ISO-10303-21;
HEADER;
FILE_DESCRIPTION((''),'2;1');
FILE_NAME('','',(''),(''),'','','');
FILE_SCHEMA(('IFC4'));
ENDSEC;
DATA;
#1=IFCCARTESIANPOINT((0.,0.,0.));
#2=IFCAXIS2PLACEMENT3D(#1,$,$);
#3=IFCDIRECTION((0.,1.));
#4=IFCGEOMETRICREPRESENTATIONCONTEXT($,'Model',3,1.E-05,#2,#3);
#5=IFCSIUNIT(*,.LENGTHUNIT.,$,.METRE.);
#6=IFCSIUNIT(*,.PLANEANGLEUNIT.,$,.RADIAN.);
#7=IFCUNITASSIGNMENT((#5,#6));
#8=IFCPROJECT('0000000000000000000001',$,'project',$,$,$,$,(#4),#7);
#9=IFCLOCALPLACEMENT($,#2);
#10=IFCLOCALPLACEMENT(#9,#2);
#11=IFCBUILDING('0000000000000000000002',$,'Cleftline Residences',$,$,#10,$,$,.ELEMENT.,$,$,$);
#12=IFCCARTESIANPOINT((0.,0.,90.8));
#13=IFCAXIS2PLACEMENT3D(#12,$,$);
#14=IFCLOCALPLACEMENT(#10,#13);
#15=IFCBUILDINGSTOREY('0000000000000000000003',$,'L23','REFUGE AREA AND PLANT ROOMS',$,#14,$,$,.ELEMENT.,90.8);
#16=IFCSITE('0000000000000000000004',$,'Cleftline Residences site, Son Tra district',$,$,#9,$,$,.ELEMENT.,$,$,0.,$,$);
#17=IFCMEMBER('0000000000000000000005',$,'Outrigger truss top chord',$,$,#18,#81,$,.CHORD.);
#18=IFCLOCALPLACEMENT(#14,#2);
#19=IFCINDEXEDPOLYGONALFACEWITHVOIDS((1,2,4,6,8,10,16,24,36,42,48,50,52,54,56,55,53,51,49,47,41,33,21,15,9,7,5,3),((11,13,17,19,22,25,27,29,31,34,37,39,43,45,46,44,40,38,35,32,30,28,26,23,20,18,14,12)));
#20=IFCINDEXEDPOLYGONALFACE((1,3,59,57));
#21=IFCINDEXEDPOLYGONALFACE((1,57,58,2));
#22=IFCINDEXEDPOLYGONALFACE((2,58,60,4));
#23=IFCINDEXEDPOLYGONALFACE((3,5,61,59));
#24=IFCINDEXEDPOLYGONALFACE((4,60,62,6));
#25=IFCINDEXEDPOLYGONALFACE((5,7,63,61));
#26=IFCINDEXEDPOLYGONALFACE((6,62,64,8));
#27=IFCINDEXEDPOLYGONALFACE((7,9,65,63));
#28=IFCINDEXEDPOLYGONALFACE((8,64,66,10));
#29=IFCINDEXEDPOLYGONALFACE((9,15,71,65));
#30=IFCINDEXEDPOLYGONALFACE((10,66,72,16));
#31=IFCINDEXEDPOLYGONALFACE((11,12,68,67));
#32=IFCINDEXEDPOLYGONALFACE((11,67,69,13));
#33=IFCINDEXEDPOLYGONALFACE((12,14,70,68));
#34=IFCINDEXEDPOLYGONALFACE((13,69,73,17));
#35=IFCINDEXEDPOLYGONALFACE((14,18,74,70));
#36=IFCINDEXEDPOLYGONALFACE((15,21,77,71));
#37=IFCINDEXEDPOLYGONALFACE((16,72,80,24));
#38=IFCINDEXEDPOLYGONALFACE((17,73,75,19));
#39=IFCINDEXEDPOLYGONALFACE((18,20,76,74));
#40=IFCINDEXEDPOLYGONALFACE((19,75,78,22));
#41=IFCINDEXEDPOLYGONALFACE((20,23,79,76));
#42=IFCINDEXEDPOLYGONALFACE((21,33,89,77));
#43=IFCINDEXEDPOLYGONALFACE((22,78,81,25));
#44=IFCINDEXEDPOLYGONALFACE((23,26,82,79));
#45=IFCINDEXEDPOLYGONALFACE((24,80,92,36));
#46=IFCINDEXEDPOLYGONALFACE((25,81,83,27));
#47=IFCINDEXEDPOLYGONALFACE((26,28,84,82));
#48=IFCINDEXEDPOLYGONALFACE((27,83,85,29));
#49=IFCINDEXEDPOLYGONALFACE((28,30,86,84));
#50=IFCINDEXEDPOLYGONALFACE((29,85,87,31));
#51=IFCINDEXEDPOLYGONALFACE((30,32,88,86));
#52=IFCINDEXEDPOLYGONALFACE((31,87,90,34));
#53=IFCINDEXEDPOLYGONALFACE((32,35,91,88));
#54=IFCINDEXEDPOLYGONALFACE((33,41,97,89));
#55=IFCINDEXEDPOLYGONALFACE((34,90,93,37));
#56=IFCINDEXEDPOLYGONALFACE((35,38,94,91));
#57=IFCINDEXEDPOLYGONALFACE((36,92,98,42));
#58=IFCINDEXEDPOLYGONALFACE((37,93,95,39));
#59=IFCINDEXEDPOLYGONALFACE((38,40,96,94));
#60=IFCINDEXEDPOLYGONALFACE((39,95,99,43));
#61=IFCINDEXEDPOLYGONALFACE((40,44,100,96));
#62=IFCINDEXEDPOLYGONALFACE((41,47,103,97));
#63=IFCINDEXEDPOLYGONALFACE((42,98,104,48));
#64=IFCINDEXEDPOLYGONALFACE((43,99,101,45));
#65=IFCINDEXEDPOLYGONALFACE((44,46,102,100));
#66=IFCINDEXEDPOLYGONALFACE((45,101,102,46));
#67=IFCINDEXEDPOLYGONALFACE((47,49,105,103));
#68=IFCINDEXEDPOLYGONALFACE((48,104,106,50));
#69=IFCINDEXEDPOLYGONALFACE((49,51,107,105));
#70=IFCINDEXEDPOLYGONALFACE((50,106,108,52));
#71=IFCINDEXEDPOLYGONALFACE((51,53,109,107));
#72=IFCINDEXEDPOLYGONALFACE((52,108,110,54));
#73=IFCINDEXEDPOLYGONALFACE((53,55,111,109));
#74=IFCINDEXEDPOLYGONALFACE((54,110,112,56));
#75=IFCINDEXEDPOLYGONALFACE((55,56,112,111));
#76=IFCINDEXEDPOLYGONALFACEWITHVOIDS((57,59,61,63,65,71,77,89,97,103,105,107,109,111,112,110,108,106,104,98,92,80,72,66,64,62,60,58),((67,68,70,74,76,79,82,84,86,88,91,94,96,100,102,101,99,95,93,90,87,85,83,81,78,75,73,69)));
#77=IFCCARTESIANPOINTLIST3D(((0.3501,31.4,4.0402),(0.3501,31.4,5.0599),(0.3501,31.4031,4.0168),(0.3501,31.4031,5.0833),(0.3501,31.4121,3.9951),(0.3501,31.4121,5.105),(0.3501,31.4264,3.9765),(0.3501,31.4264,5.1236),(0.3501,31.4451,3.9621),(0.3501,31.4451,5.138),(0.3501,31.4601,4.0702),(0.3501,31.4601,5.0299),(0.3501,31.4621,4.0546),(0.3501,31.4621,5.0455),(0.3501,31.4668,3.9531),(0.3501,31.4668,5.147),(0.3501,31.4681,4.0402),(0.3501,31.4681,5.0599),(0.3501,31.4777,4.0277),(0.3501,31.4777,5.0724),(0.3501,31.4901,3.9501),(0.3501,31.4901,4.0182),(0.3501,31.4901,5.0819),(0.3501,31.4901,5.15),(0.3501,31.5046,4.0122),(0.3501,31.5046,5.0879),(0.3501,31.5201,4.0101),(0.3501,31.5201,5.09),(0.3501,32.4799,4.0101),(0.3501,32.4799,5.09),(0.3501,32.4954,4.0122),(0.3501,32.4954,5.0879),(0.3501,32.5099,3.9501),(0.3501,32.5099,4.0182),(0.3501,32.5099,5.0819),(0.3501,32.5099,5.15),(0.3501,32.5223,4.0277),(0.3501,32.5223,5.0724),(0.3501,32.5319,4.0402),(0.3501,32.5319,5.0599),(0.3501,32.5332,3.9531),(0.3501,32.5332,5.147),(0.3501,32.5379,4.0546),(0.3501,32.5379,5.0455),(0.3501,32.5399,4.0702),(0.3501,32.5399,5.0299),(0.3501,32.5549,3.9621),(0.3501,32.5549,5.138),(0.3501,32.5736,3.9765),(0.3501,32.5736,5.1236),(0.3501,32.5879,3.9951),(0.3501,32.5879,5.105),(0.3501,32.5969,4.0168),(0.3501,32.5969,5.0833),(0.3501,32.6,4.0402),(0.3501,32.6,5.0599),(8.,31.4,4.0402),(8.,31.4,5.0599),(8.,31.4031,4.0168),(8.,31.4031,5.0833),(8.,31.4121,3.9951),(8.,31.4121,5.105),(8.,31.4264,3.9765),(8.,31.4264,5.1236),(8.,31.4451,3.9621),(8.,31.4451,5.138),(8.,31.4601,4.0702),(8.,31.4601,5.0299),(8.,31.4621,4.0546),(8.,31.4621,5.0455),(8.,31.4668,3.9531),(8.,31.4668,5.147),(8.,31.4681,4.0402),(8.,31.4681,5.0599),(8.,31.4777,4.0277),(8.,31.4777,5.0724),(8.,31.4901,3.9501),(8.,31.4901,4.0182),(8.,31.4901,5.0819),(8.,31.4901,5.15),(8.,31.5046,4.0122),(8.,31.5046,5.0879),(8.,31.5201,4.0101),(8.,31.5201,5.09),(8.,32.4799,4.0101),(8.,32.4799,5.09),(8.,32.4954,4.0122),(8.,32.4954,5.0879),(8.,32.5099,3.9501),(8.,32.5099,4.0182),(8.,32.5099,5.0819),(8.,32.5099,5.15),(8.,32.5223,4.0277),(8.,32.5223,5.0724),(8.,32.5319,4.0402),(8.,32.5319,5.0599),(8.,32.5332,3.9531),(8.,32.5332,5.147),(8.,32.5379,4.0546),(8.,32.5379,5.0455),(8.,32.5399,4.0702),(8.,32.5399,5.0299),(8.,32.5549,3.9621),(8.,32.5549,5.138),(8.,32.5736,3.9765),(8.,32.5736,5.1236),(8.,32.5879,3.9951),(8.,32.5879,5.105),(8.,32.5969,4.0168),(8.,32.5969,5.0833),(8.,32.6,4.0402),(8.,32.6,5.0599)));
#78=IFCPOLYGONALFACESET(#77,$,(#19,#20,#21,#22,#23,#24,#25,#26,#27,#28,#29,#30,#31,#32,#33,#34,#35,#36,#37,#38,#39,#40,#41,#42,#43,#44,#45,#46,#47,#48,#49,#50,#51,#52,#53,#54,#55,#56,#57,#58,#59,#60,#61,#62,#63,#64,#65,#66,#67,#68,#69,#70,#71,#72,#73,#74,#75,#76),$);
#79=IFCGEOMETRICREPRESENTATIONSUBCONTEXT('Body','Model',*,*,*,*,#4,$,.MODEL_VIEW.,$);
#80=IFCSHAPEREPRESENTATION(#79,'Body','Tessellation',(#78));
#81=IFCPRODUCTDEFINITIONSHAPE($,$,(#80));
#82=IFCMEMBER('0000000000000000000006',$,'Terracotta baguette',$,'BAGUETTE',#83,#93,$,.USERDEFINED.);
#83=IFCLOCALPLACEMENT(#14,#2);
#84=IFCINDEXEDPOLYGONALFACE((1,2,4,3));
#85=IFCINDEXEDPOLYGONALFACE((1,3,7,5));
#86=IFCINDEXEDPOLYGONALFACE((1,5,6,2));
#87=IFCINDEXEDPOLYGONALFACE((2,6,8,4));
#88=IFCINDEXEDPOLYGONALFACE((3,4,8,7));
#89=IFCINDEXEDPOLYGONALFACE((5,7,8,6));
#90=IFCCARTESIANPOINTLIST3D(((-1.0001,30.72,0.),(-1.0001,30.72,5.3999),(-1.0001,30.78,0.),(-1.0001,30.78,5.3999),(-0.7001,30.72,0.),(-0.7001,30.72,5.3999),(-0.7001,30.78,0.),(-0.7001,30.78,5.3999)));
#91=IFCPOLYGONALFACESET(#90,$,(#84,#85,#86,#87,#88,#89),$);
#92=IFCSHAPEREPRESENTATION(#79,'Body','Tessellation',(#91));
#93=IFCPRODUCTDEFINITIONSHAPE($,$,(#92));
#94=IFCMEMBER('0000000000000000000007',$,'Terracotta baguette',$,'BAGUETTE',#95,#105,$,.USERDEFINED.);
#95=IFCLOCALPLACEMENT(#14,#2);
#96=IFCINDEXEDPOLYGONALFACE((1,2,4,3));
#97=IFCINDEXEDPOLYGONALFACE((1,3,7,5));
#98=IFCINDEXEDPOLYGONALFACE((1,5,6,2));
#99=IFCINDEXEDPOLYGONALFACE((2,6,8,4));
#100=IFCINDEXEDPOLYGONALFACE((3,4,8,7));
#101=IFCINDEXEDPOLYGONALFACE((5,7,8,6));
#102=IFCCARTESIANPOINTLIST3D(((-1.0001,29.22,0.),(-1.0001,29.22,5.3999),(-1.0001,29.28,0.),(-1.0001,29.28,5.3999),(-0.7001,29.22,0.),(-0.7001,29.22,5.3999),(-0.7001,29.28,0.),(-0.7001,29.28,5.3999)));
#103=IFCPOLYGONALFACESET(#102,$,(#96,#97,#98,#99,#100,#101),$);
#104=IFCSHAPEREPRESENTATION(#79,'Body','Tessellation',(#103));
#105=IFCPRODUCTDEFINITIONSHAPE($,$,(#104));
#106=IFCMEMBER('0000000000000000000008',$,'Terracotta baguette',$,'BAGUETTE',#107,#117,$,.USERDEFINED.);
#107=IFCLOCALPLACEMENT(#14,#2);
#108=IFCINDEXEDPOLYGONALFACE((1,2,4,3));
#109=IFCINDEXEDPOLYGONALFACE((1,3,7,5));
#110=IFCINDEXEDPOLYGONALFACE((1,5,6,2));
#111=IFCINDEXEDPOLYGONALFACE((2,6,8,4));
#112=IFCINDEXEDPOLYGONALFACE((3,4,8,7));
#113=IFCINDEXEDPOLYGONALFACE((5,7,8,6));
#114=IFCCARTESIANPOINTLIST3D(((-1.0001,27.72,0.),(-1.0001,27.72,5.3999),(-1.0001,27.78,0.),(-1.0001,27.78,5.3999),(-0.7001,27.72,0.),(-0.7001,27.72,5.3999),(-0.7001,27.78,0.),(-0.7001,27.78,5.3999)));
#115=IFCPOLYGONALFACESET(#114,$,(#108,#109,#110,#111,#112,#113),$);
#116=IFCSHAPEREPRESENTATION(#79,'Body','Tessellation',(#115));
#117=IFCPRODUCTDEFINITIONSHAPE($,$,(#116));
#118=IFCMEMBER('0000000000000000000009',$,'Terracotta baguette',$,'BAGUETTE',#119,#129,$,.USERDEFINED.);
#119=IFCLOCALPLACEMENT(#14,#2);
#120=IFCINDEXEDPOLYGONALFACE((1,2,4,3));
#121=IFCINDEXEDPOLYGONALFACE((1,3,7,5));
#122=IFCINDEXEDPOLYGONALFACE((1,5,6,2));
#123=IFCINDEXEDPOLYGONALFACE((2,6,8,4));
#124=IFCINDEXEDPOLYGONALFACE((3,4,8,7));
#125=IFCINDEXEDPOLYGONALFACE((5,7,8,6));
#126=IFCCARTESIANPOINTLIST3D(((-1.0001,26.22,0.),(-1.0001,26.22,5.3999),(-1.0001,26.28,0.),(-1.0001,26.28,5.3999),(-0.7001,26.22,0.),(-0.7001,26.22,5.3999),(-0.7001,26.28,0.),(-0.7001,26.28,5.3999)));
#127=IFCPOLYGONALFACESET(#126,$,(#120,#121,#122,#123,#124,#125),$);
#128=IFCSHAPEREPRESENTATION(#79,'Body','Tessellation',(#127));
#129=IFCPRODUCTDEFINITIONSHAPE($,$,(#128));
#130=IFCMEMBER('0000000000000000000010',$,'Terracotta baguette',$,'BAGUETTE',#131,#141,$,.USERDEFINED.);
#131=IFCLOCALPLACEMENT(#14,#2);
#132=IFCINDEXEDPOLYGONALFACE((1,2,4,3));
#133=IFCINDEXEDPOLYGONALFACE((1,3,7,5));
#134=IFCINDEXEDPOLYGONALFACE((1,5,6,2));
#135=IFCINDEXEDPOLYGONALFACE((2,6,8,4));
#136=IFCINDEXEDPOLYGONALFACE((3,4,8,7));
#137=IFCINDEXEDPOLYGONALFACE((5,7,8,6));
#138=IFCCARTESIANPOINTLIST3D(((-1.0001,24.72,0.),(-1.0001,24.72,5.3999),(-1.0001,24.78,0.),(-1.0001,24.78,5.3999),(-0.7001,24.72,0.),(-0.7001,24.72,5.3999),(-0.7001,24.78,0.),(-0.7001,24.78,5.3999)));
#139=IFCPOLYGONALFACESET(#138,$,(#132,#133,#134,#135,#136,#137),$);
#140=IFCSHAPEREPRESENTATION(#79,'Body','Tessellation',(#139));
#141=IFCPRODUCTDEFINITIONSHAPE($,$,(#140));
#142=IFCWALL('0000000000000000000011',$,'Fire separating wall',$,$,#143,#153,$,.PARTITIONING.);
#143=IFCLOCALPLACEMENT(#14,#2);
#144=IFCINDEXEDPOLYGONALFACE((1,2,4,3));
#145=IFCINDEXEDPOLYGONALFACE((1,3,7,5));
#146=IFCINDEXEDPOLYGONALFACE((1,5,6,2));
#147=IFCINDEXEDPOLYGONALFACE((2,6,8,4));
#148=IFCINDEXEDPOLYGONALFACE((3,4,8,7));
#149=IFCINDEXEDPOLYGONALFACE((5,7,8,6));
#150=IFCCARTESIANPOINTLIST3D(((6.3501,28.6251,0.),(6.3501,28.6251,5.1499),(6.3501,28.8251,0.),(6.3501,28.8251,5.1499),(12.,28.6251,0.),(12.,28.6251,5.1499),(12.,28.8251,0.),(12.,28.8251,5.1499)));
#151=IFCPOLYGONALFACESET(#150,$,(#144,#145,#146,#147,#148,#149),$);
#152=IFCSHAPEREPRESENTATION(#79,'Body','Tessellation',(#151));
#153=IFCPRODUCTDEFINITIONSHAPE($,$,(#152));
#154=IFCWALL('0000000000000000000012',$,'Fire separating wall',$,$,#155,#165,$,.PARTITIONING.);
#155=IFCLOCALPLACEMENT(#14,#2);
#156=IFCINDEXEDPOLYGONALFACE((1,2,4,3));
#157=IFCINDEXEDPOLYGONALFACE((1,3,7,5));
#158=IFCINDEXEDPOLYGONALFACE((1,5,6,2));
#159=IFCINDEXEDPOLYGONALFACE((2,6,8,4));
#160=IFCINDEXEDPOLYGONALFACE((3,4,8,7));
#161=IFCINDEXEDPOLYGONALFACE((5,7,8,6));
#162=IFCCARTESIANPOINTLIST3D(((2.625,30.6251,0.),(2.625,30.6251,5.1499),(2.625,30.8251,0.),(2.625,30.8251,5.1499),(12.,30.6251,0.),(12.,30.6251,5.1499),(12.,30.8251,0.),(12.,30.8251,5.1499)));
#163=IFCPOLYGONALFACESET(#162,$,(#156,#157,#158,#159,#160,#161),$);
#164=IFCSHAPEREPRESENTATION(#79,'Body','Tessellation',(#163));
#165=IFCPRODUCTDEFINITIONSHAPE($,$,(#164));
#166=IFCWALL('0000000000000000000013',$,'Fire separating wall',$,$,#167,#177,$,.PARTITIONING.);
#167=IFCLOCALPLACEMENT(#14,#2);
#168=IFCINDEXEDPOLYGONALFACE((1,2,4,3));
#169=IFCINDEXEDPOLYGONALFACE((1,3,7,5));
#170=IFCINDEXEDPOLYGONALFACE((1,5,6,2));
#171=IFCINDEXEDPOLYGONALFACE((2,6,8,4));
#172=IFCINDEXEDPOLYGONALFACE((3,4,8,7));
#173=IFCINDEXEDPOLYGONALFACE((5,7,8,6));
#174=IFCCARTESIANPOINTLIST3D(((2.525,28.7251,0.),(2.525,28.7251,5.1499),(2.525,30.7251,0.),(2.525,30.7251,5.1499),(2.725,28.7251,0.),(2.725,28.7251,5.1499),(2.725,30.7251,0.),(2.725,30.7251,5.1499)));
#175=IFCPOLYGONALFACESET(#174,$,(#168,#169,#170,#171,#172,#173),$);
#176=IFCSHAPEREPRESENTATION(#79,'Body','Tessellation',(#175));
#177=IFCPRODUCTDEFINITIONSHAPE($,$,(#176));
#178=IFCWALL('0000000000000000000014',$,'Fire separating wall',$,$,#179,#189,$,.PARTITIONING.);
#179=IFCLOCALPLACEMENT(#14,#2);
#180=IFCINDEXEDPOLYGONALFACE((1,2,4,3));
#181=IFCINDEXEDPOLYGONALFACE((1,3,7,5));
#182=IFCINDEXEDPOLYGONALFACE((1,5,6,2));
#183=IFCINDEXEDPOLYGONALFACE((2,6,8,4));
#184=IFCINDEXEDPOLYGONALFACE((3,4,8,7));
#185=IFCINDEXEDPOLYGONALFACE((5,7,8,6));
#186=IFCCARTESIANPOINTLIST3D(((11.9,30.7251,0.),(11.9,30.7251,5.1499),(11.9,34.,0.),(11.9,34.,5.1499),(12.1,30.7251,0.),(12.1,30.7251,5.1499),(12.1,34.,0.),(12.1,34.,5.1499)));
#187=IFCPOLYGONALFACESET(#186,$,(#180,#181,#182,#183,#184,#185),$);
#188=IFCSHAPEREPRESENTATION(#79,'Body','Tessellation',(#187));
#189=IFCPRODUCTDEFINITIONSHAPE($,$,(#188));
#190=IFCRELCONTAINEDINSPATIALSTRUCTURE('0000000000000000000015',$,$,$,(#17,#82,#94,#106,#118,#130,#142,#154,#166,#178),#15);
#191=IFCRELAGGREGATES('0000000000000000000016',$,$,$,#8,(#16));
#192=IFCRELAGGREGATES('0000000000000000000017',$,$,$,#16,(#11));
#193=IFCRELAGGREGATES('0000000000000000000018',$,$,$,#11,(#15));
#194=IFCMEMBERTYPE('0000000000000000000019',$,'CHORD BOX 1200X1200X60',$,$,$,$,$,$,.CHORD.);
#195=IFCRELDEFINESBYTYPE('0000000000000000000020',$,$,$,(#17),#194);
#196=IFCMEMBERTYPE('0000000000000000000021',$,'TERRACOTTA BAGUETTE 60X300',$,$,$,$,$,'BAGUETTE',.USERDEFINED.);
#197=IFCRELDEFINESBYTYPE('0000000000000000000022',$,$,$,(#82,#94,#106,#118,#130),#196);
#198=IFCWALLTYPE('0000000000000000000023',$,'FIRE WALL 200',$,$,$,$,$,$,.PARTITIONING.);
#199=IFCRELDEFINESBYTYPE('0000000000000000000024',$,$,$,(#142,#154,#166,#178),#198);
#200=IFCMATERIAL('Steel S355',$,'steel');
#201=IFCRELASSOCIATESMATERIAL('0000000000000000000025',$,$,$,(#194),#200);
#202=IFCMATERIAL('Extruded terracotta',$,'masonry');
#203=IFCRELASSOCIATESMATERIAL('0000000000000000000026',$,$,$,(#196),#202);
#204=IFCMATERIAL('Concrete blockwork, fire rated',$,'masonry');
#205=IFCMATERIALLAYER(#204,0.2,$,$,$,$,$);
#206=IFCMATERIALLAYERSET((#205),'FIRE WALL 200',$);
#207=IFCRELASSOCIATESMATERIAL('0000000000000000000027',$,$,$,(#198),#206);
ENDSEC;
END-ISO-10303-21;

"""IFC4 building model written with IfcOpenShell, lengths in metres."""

from ifc_helpers import new_model, si_unit, direction, frame, frame_2d, origin, origin_2d, place, context, subcontext, project, spatial, rectangle, hollow_rectangle, extrude, material, layer, layer_set, material_profile, profile_set, type_object, element, save


model = new_model("IFC4")

# Units and contexts
model_context = context("Model", 3, precision=1e-05, world=origin(), true_north=direction((0.0, 1.0)))
body_context = subcontext(model_context, "Body", "Model", "MODEL_VIEW")
ifc_project = project(units=[si_unit("LENGTHUNIT", "METRE"), si_unit("PLANEANGLEUNIT", "RADIAN")], contexts=[model_context])

# Site, building, storey
site_placement = place(None, origin())
site = spatial("IfcSite", under=ifc_project, at=site_placement, Name="Cleftline Residences site, Son Tra district", CompositionType="ELEMENT", RefElevation=0.0)
building_placement = place(site_placement, origin())
building = spatial("IfcBuilding", under=site, at=building_placement, Name="Cleftline Residences", CompositionType="ELEMENT")
storey_placement = place(building_placement, frame((0.0, 0.0, 90.8)))
storey = spatial("IfcBuildingStorey", under=building, at=storey_placement, Name="L23", Description="REFUGE AREA AND PLANT ROOMS", CompositionType="ELEMENT", Elevation=90.8)

# Members
ifc_material_1 = material(Name="Steel S355", Category="steel")
ifc_material_profile_1 = material_profile(ifc_material_1, hollow_rectangle(XDim=1.2, YDim=1.2, WallThickness=0.0601, InnerFilletRadius=0.0601, OuterFilletRadius=0.0901, at=origin_2d()))
ifc_profile_set_1 = profile_set([ifc_material_profile_1], Name="Steel S355")
member_type_1 = type_object("IfcMemberType", Name="CHORD BOX 1200X1200X60", PredefinedType="CHORD", material=ifc_profile_set_1)
for number, where, z_axis, x_axis, name in (
    (1, (8.0, 32.0, 4.55), (-1.0, 0.0, 0.0), (0.0, -1.0, 0.0), "Outrigger truss top chord"),
):
    element("IfcMember", number, at=place(storey_placement, frame(where, z_axis=z_axis, x_axis=x_axis)), inside=storey, type_object=member_type_1, Name=name, PredefinedType="CHORD", context=body_context, shape_type="SweptSolid", body=[
        extrude(hollow_rectangle(XDim=1.2, YDim=1.2, WallThickness=0.0601, InnerFilletRadius=0.0601, OuterFilletRadius=0.0901, at=origin_2d()), origin(), (0.0, 0.0, 1.0), 7.6499),
    ])
ifc_material_2 = material(Name="Extruded terracotta", Category="masonry")
ifc_material_profile_2 = material_profile(ifc_material_2, rectangle(XDim=0.0601, YDim=0.3, at=origin_2d()))
ifc_profile_set_2 = profile_set([ifc_material_profile_2], Name="Extruded terracotta")
member_type_2 = type_object("IfcMemberType", Name="TERRACOTTA BAGUETTE 60X300", ElementType="BAGUETTE", PredefinedType="USERDEFINED", material=ifc_profile_set_2)
for number, where, z_axis, x_axis, name in (
    (2, (-0.8501, 30.75, 0.0), (0.0, 0.0, 1.0), (0.0, 1.0, 0.0), "Terracotta baguette"),
    (3, (-0.8501, 29.25, 0.0), (0.0, 0.0, 1.0), (0.0, 1.0, 0.0), "Terracotta baguette"),
    (4, (-0.8501, 27.75, 0.0), (0.0, 0.0, 1.0), (0.0, 1.0, 0.0), "Terracotta baguette"),
    (5, (-0.8501, 26.25, 0.0), (0.0, 0.0, 1.0), (0.0, 1.0, 0.0), "Terracotta baguette"),
    (6, (-0.8501, 24.75, 0.0), (0.0, 0.0, 1.0), (0.0, 1.0, 0.0), "Terracotta baguette"),
):
    element("IfcMember", number, at=place(storey_placement, frame(where, z_axis=z_axis, x_axis=x_axis)), inside=storey, type_object=member_type_2, Name=name, ObjectType="BAGUETTE", PredefinedType="USERDEFINED", context=body_context, shape_type="SweptSolid", body=[
        extrude(rectangle(XDim=0.0601, YDim=0.3, at=origin_2d()), origin(), (0.0, 0.0, 1.0), 5.3999),
    ])

# Walls
ifc_material_3 = material(Name="Concrete blockwork, fire rated", Category="masonry")
ifc_layer_1 = layer(ifc_material_3, 0.2)
ifc_layer_set_1 = layer_set([ifc_layer_1], Name="FIRE WALL 200")
wall_type_1 = type_object("IfcWallType", Name="FIRE WALL 200", PredefinedType="PARTITIONING", material=ifc_layer_set_1)
wall_1_placement = place(storey_placement, frame((6.3501, 28.7251, 0.0), z_axis=(0.0, 0.0, 1.0), x_axis=(1.0, 0.0, 0.0)))
element("IfcWall", 7, at=wall_1_placement, inside=storey, type_object=wall_type_1, Name="Fire separating wall", PredefinedType="PARTITIONING", context=body_context, shape_type="SweptSolid", body=[
    extrude(rectangle(XDim=5.6499, YDim=0.2, at=frame_2d((2.825, 0.0))), origin(), (0.0, 0.0, 1.0), 5.1499),
])
wall_2_placement = place(storey_placement, frame((2.625, 30.7251, 0.0), z_axis=(0.0, 0.0, 1.0), x_axis=(1.0, 0.0, 0.0)))
element("IfcWall", 8, at=wall_2_placement, inside=storey, type_object=wall_type_1, Name="Fire separating wall", PredefinedType="PARTITIONING", context=body_context, shape_type="SweptSolid", body=[
    extrude(rectangle(XDim=9.375, YDim=0.2, at=frame_2d((4.6875, 0.0))), origin(), (0.0, 0.0, 1.0), 5.1499),
])
wall_3_placement = place(storey_placement, frame((2.625, 28.7251, 0.0), z_axis=(0.0, 0.0, 1.0), x_axis=(0.0, 1.0, 0.0)))
element("IfcWall", 9, at=wall_3_placement, inside=storey, type_object=wall_type_1, Name="Fire separating wall", PredefinedType="PARTITIONING", context=body_context, shape_type="SweptSolid", body=[
    extrude(rectangle(XDim=2.0, YDim=0.2, at=frame_2d((1.0, 0.0))), origin(), (0.0, 0.0, 1.0), 5.1499),
])
wall_4_placement = place(storey_placement, frame((12.0, 30.7251, 0.0), z_axis=(0.0, 0.0, 1.0), x_axis=(0.0, 1.0, 0.0)))
element("IfcWall", 10, at=wall_4_placement, inside=storey, type_object=wall_type_1, Name="Fire separating wall", PredefinedType="PARTITIONING", context=body_context, shape_type="SweptSolid", body=[
    extrude(rectangle(XDim=3.2749, YDim=0.2, at=frame_2d((1.6375, 0.0))), origin(), (0.0, 0.0, 1.0), 5.1499),
])

save(model, "model.ifc")
